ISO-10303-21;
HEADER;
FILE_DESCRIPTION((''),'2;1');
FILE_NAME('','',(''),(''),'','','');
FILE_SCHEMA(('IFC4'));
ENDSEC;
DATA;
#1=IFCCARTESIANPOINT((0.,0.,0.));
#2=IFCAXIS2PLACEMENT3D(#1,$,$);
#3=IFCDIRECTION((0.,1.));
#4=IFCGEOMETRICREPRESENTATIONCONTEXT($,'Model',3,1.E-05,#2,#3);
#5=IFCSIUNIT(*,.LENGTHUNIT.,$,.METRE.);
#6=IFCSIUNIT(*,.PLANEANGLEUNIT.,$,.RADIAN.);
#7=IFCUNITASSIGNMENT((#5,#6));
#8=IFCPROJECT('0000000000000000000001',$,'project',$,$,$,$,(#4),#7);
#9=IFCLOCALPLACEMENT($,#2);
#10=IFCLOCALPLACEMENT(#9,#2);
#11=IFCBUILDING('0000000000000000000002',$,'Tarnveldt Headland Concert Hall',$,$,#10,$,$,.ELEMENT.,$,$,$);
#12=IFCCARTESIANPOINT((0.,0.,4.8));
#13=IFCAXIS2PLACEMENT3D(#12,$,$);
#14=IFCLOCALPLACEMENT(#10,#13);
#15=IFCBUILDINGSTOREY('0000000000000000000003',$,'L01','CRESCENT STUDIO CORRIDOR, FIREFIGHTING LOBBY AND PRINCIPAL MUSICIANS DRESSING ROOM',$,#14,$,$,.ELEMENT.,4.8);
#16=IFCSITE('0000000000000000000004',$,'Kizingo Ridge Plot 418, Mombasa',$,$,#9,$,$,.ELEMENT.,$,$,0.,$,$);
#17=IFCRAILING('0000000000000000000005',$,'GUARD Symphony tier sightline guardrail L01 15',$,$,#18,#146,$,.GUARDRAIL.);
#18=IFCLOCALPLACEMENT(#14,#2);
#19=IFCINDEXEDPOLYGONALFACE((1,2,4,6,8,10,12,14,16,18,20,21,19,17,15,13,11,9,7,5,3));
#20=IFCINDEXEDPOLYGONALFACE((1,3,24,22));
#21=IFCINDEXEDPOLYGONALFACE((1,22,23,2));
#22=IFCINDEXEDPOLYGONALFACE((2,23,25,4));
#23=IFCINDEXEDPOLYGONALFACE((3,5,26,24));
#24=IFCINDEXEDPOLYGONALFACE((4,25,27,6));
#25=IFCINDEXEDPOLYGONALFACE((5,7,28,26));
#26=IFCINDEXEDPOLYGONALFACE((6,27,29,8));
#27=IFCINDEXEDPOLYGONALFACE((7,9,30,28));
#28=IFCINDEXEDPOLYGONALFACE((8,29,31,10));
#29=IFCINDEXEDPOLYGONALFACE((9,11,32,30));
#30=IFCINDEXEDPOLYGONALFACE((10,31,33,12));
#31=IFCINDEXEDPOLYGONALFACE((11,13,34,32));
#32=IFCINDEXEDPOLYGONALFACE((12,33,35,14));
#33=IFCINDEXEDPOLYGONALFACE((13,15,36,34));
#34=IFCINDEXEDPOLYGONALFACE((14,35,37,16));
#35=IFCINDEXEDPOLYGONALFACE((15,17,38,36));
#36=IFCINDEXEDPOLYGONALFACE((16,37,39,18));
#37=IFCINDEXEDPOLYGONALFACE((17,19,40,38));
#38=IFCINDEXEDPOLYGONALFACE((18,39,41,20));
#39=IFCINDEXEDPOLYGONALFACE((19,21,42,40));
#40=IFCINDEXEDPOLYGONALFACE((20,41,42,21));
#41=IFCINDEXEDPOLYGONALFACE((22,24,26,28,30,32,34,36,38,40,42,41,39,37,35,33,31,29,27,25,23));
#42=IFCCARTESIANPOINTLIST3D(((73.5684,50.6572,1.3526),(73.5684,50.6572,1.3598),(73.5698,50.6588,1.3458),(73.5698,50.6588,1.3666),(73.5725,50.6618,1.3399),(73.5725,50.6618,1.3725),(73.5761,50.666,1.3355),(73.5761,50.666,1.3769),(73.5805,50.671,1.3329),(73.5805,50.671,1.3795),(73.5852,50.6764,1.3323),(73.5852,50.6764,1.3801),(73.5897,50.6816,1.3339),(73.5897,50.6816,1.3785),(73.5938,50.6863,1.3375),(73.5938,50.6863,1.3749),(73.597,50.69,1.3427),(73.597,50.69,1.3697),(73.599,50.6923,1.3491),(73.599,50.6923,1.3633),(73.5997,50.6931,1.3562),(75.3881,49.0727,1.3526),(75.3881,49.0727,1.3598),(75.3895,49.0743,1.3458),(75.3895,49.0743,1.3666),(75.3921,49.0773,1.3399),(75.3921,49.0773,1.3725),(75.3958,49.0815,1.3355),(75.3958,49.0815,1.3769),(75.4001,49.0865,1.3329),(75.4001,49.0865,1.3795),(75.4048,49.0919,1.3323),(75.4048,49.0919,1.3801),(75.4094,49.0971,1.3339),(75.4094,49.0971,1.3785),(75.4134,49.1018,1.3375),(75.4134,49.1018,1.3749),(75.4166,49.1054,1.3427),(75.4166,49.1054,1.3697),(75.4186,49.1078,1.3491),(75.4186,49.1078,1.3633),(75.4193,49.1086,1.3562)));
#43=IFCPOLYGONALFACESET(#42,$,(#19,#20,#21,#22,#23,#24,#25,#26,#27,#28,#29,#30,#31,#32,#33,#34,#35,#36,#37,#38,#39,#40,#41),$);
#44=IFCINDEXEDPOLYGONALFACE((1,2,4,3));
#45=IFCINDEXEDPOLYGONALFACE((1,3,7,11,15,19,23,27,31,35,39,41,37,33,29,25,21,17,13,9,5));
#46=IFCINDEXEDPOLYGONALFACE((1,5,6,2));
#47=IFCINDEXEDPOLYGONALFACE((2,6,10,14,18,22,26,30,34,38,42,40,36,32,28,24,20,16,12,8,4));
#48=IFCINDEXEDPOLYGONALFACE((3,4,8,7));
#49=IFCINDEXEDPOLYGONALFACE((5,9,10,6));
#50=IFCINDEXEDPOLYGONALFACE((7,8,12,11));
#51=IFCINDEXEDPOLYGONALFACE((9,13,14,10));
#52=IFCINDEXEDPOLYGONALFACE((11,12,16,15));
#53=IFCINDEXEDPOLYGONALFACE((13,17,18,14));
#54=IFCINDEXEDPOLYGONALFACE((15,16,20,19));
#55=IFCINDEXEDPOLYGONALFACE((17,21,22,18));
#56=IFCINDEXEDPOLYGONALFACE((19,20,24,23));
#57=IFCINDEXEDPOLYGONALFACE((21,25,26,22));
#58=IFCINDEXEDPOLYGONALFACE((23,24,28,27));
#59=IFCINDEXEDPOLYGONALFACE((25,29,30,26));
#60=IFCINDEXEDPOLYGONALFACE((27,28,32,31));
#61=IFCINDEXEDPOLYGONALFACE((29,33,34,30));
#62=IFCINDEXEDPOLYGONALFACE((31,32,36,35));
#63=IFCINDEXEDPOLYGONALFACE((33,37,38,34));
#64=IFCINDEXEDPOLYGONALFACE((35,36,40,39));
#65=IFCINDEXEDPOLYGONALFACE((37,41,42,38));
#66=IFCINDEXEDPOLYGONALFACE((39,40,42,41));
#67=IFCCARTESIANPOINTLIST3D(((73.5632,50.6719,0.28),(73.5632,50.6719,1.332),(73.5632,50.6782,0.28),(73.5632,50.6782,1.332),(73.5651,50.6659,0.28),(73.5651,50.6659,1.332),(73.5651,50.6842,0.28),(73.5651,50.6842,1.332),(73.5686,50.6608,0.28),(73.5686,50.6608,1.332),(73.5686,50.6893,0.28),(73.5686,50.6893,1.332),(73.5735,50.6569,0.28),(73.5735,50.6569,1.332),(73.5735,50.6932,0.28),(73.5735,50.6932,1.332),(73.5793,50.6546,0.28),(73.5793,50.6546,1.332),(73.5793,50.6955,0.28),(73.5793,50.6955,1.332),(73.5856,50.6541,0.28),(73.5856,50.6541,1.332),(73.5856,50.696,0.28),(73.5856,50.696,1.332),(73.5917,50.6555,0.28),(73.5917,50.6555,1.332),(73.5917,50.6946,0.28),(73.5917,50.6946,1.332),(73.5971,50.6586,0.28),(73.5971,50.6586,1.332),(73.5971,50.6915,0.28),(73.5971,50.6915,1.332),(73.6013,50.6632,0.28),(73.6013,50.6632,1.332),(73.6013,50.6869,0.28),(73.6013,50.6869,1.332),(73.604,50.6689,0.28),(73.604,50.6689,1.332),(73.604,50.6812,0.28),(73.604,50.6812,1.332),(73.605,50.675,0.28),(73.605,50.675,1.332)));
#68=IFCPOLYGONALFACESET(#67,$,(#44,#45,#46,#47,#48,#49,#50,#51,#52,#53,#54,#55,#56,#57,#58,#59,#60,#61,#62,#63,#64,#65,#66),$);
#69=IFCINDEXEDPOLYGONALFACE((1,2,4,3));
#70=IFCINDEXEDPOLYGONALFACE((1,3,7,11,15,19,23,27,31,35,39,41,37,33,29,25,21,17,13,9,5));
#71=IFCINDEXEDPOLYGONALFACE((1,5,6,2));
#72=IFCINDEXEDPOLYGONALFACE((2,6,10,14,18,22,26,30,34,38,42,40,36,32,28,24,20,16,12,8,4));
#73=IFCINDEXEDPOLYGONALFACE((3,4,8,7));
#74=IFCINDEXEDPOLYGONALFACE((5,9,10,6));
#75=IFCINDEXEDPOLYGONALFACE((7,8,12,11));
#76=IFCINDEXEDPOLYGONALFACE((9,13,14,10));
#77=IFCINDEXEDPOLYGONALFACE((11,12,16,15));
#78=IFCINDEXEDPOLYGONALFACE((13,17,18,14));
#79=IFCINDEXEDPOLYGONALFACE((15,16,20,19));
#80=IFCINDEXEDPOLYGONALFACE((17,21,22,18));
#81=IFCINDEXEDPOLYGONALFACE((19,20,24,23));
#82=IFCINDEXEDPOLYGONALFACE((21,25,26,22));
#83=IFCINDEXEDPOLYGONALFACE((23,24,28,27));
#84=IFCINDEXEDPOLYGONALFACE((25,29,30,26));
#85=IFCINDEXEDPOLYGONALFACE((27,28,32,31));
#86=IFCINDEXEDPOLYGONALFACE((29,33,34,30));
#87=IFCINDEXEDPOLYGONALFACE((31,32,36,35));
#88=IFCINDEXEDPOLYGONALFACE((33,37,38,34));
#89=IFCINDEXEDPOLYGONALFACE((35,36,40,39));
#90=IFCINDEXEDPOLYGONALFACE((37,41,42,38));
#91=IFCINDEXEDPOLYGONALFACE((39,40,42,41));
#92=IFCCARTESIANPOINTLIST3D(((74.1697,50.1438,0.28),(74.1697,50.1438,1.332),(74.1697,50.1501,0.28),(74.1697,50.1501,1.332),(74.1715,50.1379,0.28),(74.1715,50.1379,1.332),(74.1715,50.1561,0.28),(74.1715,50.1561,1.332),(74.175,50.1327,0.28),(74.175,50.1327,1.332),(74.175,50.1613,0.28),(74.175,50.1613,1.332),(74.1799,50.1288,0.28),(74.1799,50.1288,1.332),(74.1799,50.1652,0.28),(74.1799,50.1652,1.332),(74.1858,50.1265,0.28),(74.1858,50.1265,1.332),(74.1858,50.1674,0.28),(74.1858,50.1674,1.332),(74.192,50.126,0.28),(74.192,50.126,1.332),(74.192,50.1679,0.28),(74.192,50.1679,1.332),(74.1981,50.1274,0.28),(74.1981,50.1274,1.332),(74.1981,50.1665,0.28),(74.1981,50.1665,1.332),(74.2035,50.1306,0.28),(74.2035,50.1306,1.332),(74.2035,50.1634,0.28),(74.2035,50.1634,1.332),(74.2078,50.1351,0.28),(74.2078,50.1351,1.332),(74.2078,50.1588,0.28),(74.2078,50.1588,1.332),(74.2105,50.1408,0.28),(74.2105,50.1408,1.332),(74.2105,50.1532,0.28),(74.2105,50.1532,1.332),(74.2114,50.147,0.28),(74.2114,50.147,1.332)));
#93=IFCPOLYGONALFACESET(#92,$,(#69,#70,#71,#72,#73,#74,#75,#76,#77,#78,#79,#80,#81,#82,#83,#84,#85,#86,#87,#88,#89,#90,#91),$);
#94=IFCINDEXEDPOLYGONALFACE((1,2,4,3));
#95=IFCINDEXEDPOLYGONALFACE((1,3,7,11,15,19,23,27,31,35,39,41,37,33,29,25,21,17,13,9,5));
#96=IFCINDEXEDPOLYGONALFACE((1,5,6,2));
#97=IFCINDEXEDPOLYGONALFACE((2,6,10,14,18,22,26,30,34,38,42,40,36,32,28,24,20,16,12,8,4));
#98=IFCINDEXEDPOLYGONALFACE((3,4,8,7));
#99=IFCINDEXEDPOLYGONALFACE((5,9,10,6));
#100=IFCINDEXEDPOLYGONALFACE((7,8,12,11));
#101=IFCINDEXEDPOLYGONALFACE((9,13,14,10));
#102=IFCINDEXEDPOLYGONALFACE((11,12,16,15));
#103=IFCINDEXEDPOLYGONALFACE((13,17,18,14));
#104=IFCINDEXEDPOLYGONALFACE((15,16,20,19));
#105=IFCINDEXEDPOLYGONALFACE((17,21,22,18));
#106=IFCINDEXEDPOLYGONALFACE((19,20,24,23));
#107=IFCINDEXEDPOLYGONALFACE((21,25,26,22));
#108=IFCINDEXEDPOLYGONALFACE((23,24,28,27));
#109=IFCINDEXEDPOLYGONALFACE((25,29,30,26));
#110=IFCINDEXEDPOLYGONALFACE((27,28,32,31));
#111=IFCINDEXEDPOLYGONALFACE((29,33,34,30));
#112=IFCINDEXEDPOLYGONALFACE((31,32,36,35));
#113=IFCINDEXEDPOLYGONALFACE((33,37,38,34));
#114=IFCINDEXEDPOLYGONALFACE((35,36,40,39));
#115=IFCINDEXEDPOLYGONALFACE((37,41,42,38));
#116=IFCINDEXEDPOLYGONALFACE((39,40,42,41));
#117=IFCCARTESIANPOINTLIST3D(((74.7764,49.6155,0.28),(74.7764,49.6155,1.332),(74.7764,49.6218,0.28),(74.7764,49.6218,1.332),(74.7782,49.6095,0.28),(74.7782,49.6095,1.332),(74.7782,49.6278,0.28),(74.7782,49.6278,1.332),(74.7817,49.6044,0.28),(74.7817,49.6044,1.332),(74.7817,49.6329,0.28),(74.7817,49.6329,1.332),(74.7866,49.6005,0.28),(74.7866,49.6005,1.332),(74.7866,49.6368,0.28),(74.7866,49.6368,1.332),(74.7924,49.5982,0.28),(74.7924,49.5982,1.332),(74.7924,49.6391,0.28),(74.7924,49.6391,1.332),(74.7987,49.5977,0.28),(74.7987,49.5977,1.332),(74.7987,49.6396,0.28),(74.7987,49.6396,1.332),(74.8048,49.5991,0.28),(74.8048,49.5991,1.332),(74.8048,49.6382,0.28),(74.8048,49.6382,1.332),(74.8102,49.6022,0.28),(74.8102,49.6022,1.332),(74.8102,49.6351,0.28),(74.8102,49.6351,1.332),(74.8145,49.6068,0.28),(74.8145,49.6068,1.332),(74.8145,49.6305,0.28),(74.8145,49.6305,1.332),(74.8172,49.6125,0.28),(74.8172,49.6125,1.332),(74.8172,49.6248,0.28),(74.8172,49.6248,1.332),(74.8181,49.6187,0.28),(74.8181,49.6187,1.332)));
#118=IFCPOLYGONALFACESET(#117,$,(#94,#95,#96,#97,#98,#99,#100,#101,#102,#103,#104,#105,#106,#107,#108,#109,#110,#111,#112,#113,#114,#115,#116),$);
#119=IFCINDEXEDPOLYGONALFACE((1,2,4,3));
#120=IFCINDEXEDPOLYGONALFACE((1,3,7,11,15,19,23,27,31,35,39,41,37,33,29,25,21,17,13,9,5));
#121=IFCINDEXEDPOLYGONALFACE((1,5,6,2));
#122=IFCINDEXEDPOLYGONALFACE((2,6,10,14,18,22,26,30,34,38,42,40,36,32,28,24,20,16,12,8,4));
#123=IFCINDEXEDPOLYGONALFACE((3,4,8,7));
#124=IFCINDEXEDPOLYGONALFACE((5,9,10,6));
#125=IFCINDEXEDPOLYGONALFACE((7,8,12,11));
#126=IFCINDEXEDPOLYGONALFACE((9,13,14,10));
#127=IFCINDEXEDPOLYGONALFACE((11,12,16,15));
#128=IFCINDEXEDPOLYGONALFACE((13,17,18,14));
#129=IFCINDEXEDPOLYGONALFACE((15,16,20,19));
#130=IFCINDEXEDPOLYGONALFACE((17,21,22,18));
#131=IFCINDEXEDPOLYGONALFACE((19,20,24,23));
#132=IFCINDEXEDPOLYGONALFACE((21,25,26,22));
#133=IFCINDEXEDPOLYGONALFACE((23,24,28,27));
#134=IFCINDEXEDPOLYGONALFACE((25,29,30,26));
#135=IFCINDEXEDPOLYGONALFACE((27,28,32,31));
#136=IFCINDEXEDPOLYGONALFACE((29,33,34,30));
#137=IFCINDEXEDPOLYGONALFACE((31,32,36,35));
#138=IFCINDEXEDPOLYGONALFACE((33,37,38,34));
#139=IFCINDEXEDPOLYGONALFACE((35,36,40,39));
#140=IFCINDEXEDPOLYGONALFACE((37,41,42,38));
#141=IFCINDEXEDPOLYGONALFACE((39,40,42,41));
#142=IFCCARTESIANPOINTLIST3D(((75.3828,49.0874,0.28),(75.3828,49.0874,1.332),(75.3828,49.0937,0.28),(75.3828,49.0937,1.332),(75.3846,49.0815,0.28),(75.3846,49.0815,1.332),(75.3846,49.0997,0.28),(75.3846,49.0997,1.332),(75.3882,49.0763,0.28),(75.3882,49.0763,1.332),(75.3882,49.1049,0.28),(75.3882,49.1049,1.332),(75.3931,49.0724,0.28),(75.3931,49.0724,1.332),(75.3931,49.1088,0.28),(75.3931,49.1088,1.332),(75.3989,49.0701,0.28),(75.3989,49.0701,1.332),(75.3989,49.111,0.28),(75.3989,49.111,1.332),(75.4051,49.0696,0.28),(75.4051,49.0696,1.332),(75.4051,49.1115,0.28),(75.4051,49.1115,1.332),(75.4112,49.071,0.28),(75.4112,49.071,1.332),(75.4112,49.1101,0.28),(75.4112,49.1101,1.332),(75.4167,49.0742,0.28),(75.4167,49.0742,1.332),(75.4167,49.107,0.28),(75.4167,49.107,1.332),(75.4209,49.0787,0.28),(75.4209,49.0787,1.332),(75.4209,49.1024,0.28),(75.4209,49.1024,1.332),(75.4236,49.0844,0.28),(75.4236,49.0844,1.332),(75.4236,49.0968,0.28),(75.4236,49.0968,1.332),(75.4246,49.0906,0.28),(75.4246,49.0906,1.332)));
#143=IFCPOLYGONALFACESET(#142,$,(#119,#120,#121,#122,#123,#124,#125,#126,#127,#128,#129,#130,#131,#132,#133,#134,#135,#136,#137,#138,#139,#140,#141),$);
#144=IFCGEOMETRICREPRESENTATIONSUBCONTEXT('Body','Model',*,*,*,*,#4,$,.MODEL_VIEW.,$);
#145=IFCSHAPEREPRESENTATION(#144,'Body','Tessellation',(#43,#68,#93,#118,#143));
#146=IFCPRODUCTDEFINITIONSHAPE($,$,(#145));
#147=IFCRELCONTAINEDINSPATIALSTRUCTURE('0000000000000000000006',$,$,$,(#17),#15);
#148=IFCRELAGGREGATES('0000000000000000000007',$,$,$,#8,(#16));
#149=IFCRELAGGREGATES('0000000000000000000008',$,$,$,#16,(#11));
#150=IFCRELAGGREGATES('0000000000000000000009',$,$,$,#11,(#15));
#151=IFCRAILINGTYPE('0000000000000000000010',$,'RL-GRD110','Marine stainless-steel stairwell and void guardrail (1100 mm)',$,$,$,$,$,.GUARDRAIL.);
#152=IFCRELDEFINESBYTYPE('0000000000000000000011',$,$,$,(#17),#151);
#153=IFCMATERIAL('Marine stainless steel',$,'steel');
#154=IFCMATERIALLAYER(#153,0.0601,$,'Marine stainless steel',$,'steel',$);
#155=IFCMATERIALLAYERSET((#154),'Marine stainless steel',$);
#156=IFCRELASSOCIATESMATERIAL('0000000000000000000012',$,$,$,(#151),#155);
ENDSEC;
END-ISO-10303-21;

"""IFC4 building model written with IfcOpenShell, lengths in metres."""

from ifc_helpers import new_model, si_unit, direction, frame, origin, origin_2d, place, context, subcontext, project, spatial, circle, extrude, material, layer, layer_set, type_object, element, save


model = new_model("IFC4")

# Units and contexts
model_context = context("Model", 3, precision=1e-05, world=origin(), true_north=direction((0.0, 1.0)))
body_context = subcontext(model_context, "Body", "Model", "MODEL_VIEW")
ifc_project = project(units=[si_unit("LENGTHUNIT", "METRE"), si_unit("PLANEANGLEUNIT", "RADIAN")], contexts=[model_context])

# Site, building, storey
site_placement = place(None, origin())
site = spatial("IfcSite", under=ifc_project, at=site_placement, Name="Kizingo Ridge Plot 418, Mombasa", CompositionType="ELEMENT", RefElevation=0.0)
building_placement = place(site_placement, origin())
building = spatial("IfcBuilding", under=site, at=building_placement, Name="Tarnveldt Headland Concert Hall", CompositionType="ELEMENT")
storey_placement = place(building_placement, frame((0.0, 0.0, 4.8)))
storey = spatial("IfcBuildingStorey", under=building, at=storey_placement, Name="L01", Description="CRESCENT STUDIO CORRIDOR, FIREFIGHTING LOBBY AND PRINCIPAL MUSICIANS DRESSING ROOM", CompositionType="ELEMENT", Elevation=4.8)

# Railing
ifc_material_1 = material(Name="Marine stainless steel", Category="steel")
ifc_layer_1 = layer(ifc_material_1, 0.0601, Name="Marine stainless steel", Category="steel")
ifc_layer_set_1 = layer_set([ifc_layer_1], Name="Marine stainless steel")
railing_type = type_object("IfcRailingType", Name="RL-GRD110", Description="Marine stainless-steel stairwell and void guardrail (1100 mm)", PredefinedType="GUARDRAIL", material=ifc_layer_set_1)
railing_1_placement = place(storey_placement, frame((73.584, 50.675, 0.28)))
element("IfcRailing", 1, at=railing_1_placement, inside=storey, type_object=railing_type, Name="GUARD Symphony tier sightline guardrail L01 15", PredefinedType="GUARDRAIL", context=body_context, shape_type="SweptSolid", body=[
    extrude(circle(Radius=0.0239, at=origin_2d()), frame((0.0, 0.0, 1.0762), z_axis=(0.754148, -0.656705, 0.0), x_axis=(0.656705, 0.754148, 0.0)), (0.0, 0.0, 1.0), 2.4128),
    extrude(circle(Radius=0.021, at=origin_2d()), origin(), (0.0, 0.0, 1.0), 1.052),
    extrude(circle(Radius=0.021, at=origin_2d()), frame((0.6064, -0.5281, 0.0)), (0.0, 0.0, 1.0), 1.052),
    extrude(circle(Radius=0.021, at=origin_2d()), frame((1.2131, -1.0564, 0.0)), (0.0, 0.0, 1.0), 1.052),
    extrude(circle(Radius=0.021, at=origin_2d()), frame((1.8196, -1.5845, 0.0)), (0.0, 0.0, 1.0), 1.052),
])

save(model, "model.ifc")
